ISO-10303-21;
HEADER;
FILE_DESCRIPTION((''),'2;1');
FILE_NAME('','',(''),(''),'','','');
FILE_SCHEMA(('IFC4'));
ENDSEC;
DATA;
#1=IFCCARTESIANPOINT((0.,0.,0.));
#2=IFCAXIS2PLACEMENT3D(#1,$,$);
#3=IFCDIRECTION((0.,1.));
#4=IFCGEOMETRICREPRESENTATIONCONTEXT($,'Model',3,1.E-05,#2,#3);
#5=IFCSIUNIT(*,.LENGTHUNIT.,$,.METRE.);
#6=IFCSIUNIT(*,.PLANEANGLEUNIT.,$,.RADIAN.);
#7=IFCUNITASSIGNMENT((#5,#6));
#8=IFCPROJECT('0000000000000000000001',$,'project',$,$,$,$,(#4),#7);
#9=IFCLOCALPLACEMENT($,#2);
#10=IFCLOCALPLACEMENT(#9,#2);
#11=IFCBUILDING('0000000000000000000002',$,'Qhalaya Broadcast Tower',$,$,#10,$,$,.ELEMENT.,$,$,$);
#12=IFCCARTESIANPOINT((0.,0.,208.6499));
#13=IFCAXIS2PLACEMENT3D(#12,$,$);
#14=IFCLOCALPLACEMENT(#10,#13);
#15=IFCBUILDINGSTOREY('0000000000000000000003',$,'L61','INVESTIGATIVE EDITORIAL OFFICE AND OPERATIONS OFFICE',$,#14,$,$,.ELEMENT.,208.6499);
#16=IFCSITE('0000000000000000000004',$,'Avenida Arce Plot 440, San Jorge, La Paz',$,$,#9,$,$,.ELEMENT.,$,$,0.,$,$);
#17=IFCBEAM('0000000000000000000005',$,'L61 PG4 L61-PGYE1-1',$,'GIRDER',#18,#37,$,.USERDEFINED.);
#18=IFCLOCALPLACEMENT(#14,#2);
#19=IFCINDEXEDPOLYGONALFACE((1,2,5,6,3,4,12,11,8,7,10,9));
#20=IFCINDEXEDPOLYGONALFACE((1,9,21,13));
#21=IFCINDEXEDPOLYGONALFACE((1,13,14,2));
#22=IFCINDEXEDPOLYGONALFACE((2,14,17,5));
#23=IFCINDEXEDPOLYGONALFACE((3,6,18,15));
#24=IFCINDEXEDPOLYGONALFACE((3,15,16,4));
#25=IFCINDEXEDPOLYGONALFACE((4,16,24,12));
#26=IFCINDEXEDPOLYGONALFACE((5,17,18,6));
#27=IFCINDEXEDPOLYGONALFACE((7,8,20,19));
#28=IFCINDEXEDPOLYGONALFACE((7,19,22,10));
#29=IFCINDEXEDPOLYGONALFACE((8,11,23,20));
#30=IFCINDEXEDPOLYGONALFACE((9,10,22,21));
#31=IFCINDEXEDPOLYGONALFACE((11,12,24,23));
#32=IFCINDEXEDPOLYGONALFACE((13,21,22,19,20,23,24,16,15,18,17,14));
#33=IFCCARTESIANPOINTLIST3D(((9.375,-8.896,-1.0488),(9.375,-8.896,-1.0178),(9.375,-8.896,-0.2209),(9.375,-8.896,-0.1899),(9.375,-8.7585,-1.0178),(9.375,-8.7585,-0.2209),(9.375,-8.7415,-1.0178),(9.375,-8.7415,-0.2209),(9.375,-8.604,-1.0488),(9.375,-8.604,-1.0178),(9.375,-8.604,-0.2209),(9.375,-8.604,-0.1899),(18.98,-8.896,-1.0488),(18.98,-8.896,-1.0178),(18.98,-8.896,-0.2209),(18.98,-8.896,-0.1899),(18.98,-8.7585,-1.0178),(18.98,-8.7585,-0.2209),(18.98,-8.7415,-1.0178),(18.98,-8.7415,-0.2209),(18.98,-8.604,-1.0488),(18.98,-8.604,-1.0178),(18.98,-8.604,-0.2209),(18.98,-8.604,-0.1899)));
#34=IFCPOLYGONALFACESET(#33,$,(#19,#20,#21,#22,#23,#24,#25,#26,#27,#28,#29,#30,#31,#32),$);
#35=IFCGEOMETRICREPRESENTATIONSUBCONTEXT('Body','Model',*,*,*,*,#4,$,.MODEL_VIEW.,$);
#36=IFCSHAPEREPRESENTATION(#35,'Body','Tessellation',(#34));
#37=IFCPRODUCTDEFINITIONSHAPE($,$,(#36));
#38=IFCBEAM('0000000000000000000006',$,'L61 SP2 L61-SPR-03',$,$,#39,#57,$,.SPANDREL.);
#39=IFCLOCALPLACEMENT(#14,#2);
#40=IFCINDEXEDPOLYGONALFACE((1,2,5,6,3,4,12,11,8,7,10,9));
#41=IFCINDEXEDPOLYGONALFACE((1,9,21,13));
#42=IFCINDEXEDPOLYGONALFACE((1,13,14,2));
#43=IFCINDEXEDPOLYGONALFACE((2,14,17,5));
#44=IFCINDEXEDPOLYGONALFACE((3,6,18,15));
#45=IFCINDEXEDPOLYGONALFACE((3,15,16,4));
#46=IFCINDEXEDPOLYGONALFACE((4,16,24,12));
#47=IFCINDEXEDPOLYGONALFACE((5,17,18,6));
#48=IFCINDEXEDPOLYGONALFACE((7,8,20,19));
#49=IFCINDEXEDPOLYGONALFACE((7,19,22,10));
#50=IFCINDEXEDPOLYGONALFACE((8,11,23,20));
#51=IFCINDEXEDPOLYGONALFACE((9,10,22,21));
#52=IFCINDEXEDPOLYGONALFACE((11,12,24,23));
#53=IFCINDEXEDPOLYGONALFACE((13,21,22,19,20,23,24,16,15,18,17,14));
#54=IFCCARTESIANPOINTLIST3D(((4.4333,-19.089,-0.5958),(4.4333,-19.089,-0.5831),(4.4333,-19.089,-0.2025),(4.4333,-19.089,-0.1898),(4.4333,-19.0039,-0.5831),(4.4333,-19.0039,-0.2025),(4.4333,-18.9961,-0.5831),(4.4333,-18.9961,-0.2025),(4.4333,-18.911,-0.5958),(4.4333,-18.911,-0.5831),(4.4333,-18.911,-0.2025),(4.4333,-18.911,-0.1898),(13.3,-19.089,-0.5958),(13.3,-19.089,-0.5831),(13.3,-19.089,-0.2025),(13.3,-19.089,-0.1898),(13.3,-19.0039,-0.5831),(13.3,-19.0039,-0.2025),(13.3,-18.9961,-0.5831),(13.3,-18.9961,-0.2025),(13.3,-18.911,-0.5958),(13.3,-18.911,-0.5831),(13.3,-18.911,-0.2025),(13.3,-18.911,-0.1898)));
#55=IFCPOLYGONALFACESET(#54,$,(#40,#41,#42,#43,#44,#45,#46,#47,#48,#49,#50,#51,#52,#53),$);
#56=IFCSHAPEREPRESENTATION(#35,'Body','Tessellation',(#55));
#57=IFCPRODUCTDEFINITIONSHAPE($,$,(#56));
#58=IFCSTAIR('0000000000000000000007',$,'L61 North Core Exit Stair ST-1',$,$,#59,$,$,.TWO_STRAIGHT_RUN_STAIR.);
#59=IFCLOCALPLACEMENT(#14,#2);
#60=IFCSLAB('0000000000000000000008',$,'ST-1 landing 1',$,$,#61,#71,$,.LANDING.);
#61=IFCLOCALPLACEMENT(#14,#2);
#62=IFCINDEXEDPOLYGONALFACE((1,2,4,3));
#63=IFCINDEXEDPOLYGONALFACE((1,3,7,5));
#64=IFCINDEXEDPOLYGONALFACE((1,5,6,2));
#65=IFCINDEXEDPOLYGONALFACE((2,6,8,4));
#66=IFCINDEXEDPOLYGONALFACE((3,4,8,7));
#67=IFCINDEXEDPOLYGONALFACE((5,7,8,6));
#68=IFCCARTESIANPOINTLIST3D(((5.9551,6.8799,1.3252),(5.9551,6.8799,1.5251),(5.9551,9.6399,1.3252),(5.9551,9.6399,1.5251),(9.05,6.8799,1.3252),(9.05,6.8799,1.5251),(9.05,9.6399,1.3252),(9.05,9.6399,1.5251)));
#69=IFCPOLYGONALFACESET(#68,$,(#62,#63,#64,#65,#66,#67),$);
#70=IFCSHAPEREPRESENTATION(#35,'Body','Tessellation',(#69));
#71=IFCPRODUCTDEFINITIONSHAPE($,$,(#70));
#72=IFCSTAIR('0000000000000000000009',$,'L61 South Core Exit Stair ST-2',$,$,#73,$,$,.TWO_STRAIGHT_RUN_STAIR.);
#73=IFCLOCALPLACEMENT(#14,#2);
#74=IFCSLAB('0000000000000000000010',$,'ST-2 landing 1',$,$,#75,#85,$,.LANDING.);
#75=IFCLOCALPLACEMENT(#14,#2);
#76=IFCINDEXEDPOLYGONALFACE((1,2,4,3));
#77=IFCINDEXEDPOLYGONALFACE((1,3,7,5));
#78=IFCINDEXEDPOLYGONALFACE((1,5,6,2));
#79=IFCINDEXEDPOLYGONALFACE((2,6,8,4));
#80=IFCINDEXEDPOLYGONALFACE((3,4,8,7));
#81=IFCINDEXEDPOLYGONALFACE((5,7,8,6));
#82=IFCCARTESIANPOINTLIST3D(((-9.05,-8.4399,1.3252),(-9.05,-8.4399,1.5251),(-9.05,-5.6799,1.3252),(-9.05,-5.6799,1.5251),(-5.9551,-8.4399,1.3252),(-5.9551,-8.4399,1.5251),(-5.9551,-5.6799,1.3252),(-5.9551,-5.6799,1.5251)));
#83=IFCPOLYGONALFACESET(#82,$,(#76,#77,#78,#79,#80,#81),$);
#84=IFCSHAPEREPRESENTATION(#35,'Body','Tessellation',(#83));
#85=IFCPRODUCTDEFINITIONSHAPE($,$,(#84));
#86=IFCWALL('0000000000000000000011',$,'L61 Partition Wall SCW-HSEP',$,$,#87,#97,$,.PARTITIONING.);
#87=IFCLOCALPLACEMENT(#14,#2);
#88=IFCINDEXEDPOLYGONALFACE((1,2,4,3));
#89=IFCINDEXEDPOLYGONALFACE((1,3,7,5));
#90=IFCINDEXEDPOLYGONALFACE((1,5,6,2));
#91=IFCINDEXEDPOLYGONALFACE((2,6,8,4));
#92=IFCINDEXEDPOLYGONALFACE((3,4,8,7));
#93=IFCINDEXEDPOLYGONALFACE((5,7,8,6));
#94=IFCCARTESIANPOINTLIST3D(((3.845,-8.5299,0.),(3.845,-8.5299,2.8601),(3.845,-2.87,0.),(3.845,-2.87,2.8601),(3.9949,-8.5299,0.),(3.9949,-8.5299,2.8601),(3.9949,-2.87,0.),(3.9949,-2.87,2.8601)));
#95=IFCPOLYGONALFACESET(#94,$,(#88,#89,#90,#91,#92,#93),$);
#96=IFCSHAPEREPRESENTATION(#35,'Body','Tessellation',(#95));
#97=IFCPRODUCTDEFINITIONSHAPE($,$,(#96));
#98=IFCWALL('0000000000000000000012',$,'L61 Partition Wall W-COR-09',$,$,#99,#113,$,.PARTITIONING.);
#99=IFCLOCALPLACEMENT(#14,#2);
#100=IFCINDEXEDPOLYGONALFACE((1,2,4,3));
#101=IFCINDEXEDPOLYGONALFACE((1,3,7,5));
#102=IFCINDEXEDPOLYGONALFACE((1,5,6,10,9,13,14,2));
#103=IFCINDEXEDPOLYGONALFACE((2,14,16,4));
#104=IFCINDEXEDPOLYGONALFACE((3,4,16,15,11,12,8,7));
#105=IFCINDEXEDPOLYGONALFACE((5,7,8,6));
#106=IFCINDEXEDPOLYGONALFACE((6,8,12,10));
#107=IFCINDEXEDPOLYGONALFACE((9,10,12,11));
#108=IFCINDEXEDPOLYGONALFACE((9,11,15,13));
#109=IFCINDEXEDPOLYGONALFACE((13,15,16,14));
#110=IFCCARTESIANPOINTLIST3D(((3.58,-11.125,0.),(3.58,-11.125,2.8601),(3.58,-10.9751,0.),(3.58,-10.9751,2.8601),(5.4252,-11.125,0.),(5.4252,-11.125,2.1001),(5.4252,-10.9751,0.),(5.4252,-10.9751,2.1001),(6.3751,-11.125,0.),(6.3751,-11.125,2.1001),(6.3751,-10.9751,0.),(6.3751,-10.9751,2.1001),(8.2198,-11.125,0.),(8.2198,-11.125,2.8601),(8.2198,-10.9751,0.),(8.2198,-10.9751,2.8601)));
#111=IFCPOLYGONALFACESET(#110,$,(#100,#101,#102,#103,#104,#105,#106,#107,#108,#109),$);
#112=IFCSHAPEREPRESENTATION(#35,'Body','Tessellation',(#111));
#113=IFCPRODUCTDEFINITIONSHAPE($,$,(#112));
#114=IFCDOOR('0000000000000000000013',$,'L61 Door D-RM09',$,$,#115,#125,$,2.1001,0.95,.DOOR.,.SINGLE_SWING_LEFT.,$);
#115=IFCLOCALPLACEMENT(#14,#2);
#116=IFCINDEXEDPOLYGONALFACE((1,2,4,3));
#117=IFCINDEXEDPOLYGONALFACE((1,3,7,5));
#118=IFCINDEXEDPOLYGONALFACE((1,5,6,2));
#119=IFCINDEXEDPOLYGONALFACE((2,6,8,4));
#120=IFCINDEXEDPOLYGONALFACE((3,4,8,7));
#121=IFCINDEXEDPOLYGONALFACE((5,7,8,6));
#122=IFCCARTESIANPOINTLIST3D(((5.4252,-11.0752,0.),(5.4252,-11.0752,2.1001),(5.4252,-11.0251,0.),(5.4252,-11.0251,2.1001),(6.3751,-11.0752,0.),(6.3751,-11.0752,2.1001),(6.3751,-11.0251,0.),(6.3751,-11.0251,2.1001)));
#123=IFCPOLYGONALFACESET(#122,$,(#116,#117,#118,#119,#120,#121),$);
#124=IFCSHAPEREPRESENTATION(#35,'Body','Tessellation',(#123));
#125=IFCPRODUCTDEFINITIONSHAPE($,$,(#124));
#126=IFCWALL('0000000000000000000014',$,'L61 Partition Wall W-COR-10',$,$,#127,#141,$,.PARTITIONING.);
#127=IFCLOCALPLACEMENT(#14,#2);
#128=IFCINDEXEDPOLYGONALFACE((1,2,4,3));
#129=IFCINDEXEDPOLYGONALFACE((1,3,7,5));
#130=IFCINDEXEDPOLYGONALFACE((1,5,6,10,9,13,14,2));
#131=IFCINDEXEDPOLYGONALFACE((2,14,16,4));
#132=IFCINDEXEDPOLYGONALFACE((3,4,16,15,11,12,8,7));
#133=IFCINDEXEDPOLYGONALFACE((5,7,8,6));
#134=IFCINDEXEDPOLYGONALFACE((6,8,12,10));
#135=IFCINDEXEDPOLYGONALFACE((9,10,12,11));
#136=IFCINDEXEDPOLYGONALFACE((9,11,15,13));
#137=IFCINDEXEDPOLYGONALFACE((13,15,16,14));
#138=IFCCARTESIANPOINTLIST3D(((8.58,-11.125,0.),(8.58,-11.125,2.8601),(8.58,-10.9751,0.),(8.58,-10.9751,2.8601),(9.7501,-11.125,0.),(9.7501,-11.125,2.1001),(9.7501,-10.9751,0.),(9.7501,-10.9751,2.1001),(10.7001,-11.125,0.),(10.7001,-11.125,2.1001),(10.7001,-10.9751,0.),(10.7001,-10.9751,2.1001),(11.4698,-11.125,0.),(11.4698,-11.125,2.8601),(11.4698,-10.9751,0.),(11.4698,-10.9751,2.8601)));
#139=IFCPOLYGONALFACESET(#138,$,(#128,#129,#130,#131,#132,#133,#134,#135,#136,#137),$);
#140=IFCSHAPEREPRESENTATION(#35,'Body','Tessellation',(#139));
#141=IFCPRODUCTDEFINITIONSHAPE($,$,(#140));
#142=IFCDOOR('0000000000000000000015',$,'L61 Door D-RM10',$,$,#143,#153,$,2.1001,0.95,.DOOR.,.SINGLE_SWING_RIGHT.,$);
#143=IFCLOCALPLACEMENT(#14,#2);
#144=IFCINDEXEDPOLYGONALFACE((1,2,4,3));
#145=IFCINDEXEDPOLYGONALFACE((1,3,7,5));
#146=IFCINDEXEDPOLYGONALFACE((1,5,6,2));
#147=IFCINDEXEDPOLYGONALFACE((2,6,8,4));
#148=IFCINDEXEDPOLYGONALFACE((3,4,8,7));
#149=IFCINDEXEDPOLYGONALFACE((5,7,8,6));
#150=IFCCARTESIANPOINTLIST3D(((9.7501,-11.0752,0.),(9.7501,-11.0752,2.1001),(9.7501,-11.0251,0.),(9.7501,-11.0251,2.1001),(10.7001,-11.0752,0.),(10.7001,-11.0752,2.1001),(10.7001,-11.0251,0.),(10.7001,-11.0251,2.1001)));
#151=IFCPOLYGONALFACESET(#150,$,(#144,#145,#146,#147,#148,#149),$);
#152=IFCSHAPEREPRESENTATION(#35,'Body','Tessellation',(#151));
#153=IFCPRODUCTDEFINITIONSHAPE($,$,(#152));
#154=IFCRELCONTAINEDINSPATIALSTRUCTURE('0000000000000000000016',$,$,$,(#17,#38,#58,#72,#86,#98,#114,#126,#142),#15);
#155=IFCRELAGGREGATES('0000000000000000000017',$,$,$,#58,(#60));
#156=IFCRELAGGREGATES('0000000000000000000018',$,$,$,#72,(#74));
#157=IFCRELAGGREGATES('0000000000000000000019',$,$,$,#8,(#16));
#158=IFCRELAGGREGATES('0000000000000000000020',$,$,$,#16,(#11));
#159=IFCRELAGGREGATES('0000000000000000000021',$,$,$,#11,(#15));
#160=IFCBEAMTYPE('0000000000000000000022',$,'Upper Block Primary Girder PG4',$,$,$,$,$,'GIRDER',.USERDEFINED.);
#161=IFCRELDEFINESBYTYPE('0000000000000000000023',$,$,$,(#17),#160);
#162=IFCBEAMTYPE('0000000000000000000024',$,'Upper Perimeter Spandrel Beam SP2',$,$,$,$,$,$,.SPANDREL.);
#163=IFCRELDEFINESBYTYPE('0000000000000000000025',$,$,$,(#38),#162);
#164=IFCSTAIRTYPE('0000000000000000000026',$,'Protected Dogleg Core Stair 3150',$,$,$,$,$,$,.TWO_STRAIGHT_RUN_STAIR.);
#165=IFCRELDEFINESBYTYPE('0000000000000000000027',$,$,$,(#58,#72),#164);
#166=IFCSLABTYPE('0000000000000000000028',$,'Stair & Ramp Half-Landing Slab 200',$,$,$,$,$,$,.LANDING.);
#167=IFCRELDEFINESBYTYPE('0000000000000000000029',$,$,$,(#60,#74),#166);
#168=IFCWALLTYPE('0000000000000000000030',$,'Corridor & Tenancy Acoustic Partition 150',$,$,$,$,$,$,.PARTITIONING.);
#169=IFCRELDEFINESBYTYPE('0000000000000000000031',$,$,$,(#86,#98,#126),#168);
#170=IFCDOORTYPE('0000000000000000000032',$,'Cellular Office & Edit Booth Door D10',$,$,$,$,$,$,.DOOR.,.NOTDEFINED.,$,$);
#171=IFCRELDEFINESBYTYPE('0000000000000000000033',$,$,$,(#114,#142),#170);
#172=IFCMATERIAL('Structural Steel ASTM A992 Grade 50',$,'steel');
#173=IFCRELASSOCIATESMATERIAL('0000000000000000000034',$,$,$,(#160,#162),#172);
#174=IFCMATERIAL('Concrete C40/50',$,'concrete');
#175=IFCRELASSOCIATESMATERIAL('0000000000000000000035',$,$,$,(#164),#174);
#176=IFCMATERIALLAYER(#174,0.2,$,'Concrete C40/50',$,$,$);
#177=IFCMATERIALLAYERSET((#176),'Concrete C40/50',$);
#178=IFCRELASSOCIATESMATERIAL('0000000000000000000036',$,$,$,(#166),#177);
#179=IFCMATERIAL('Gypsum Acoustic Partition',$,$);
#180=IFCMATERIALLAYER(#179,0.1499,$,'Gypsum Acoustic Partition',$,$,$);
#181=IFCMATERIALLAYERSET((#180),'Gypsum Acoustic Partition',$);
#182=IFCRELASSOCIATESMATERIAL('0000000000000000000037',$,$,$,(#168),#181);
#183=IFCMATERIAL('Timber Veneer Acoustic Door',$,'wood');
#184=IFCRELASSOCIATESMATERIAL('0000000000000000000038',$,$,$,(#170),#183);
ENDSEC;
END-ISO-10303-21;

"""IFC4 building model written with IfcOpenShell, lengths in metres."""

from ifc_helpers import new_model, si_unit, direction, frame, frame_2d, origin, origin_2d, place, context, subcontext, project, spatial, polyline, rectangle, i_section, outline, extrude, material, layer, layer_set, material_profile, profile_set, type_object, element, fill, aggregate, save


model = new_model("IFC4")

# Units and contexts
model_context = context("Model", 3, precision=1e-05, world=origin(), true_north=direction((0.0, 1.0)))
body_context = subcontext(model_context, "Body", "Model", "MODEL_VIEW")
ifc_project = project(units=[si_unit("LENGTHUNIT", "METRE"), si_unit("PLANEANGLEUNIT", "RADIAN")], contexts=[model_context])

# Site, building, storey
site_placement = place(None, origin())
site = spatial("IfcSite", under=ifc_project, at=site_placement, Name="Avenida Arce Plot 440, San Jorge, La Paz", CompositionType="ELEMENT", RefElevation=0.0)
building_placement = place(site_placement, origin())
building = spatial("IfcBuilding", under=site, at=building_placement, Name="Qhalaya Broadcast Tower", CompositionType="ELEMENT")
storey_placement = place(building_placement, frame((0.0, 0.0, 208.6499)))
storey = spatial("IfcBuildingStorey", under=building, at=storey_placement, Name="L61", Description="INVESTIGATIVE EDITORIAL OFFICE AND OPERATIONS OFFICE", CompositionType="ELEMENT", Elevation=208.6499)

# Beams
ifc_material_1 = material(Name="Structural Steel ASTM A992 Grade 50", Category="steel")
ifc_material_profile_1 = material_profile(ifc_material_1, i_section(OverallWidth=0.292, OverallDepth=0.8589, WebThickness=0.0171, FlangeThickness=0.031, at=origin_2d()), Name="W33X169")
ifc_profile_set_1 = profile_set([ifc_material_profile_1], Name="Structural Steel ASTM A992 Grade 50")
beam_type_1 = type_object("IfcBeamType", Name="Upper Block Primary Girder PG4", ElementType="GIRDER", PredefinedType="USERDEFINED", material=ifc_profile_set_1)
beam_1_placement = place(storey_placement, frame((9.375, -8.75, -0.6194), z_axis=(1.0, 0.0, 0.0), x_axis=(0.0, 1.0, 0.0)))
element("IfcBeam", 1, at=beam_1_placement, inside=storey, type_object=beam_type_1, Name="L61 PG4 L61-PGYE1-1", ObjectType="GIRDER", PredefinedType="USERDEFINED", context=body_context, shape_type="SweptSolid", body=[
    extrude(i_section(OverallWidth=0.292, OverallDepth=0.8589, WebThickness=0.0171, FlangeThickness=0.031, at=origin_2d()), origin(), (0.0, 0.0, 1.0), 9.605),
])
ifc_material_profile_2 = material_profile(ifc_material_1, i_section(OverallWidth=0.178, OverallDepth=0.406, WebThickness=0.0078, FlangeThickness=0.0127, at=origin_2d()), Name="W16X40")
ifc_profile_set_2 = profile_set([ifc_material_profile_2], Name="Structural Steel ASTM A992 Grade 50")
beam_type_2 = type_object("IfcBeamType", Name="Upper Perimeter Spandrel Beam SP2", PredefinedType="SPANDREL", material=ifc_profile_set_2)
beam_2_placement = place(storey_placement, frame((4.4333, -19.0, -0.3928), z_axis=(1.0, 0.0, 0.0), x_axis=(0.0, 1.0, 0.0)))
element("IfcBeam", 2, at=beam_2_placement, inside=storey, type_object=beam_type_2, Name="L61 SP2 L61-SPR-03", PredefinedType="SPANDREL", context=body_context, shape_type="SweptSolid", body=[
    extrude(i_section(OverallWidth=0.178, OverallDepth=0.406, WebThickness=0.0078, FlangeThickness=0.0127, at=origin_2d()), origin(), (0.0, 0.0, 1.0), 8.8667),
])

# Stairs, slabs
ifc_material_2 = material(Name="Concrete C40/50", Category="concrete")
stair_type = type_object("IfcStairType", Name="Protected Dogleg Core Stair 3150", PredefinedType="TWO_STRAIGHT_RUN_STAIR", material=ifc_material_2)
stair_1_placement = place(storey_placement, origin())
stair_1 = element("IfcStair", 3, at=stair_1_placement, inside=storey, type_object=stair_type, Name="L61 North Core Exit Stair ST-1", PredefinedType="TWO_STRAIGHT_RUN_STAIR")
ifc_layer_1 = layer(ifc_material_2, 0.2, Name="Concrete C40/50")
ifc_layer_set_1 = layer_set([ifc_layer_1], Name="Concrete C40/50")
slab_type = type_object("IfcSlabType", Name="Stair & Ramp Half-Landing Slab 200", PredefinedType="LANDING", material=ifc_layer_set_1)
slab_1_placement = place(storey_placement, frame((0.0, 0.0, 1.3252)))
slab_1 = element("IfcSlab", 4, at=slab_1_placement, type_object=slab_type, Name="ST-1 landing 1", PredefinedType="LANDING", context=body_context, shape_type="SweptSolid", body=[
    extrude(outline(polyline([(5.9551, 6.8799), (9.05, 6.8799), (9.05, 9.6399), (5.9551, 9.6399), (5.9551, 6.8799)])), origin(), (0.0, 0.0, 1.0), 0.2),
])
aggregate(stair_1, [slab_1])
stair_2_placement = place(storey_placement, origin())
stair_2 = element("IfcStair", 5, at=stair_2_placement, inside=storey, type_object=stair_type, Name="L61 South Core Exit Stair ST-2", PredefinedType="TWO_STRAIGHT_RUN_STAIR")
slab_2_placement = place(storey_placement, frame((0.0, 0.0, 1.3252)))
slab_2 = element("IfcSlab", 6, at=slab_2_placement, type_object=slab_type, Name="ST-2 landing 1", PredefinedType="LANDING", context=body_context, shape_type="SweptSolid", body=[
    extrude(outline(polyline([(-5.9551, -5.6799), (-9.05, -5.6799), (-9.05, -8.4399), (-5.9551, -8.4399), (-5.9551, -5.6799)])), origin(), (0.0, 0.0, 1.0), 0.2),
])
aggregate(stair_2, [slab_2])

# Wall
ifc_material_3 = material(Name="Gypsum Acoustic Partition")
ifc_layer_2 = layer(ifc_material_3, 0.1499, Name="Gypsum Acoustic Partition")
ifc_layer_set_2 = layer_set([ifc_layer_2], Name="Gypsum Acoustic Partition")
wall_type_1 = type_object("IfcWallType", Name="Corridor & Tenancy Acoustic Partition 150", PredefinedType="PARTITIONING", material=ifc_layer_set_2)
wall_1_placement = place(storey_placement, frame((3.9199, -8.53, 0.0), z_axis=(0.0, 0.0, 1.0), x_axis=(0.0, 1.0, 0.0)))
element("IfcWall", 7, at=wall_1_placement, inside=storey, type_object=wall_type_1, Name="L61 Partition Wall SCW-HSEP", PredefinedType="PARTITIONING", context=body_context, shape_type="SweptSolid", body=[
    extrude(rectangle(XDim=5.6599, YDim=0.1499, at=frame_2d((2.8301, 0.0))), origin(), (0.0, 0.0, 1.0), 2.8601),
])

# Walls, openings, doors
wall_2_placement = place(storey_placement, frame((3.5801, -11.05, 0.0), z_axis=(0.0, 0.0, 1.0), x_axis=(1.0, 0.0, 0.0)))
wall_2 = element("IfcWall", 8, at=wall_2_placement, inside=storey, type_object=wall_type_1, Name="L61 Partition Wall W-COR-09", PredefinedType="PARTITIONING", context=body_context, shape_type="SweptSolid", body=[
    extrude(rectangle(XDim=4.6399, YDim=0.1499, at=frame_2d((2.3198, 0.0))), origin(), (0.0, 0.0, 1.0), 2.8601),
])
opening_1_placement = place(wall_2_placement, frame((1.845, 0.0, 0.0)))
opening_1 = element("IfcOpeningElement", 9, at=opening_1_placement, cuts=wall_2, PredefinedType="OPENING", context=body_context, shape_type="SweptSolid", body=[
    extrude(rectangle(XDim=0.95, YDim=2.1001, at=frame_2d((0.4751, 1.05))), frame((0.0, 0.0869, 0.0), z_axis=(0.0, -1.0, 0.0), x_axis=(1.0, 0.0, 0.0)), (0.0, 0.0, 1.0), 0.1738),
])
ifc_material_4 = material(Name="Timber Veneer Acoustic Door", Category="wood")
door_type_1 = type_object("IfcDoorType", Name="Cellular Office & Edit Booth Door D10", OperationType="NOTDEFINED", PredefinedType="DOOR", material=ifc_material_4)
door_1_placement = place(opening_1_placement, origin())
door_1 = element("IfcDoor", 10, at=door_1_placement, inside=storey, type_object=door_type_1, Name="L61 Door D-RM09", OperationType="SINGLE_SWING_LEFT", OverallHeight=2.1001, OverallWidth=0.95, PredefinedType="DOOR", context=body_context, shape_type="SweptSolid", body=[
    extrude(rectangle(XDim=0.95, YDim=2.1001, at=frame_2d((0.4751, 1.05))), frame((0.0, 0.0249, 0.0), z_axis=(0.0, -1.0, 0.0), x_axis=(1.0, 0.0, 0.0)), (0.0, 0.0, 1.0), 0.05),
])
fill(opening_1, door_1)
wall_3_placement = place(storey_placement, frame((8.5801, -11.05, 0.0), z_axis=(0.0, 0.0, 1.0), x_axis=(1.0, 0.0, 0.0)))
wall_3 = element("IfcWall", 11, at=wall_3_placement, inside=storey, type_object=wall_type_1, Name="L61 Partition Wall W-COR-10", PredefinedType="PARTITIONING", context=body_context, shape_type="SweptSolid", body=[
    extrude(rectangle(XDim=2.8899, YDim=0.1499, at=frame_2d((1.4448, 0.0))), origin(), (0.0, 0.0, 1.0), 2.8601),
])
opening_2_placement = place(wall_3_placement, frame((1.1699, 0.0, 0.0)))
opening_2 = element("IfcOpeningElement", 12, at=opening_2_placement, cuts=wall_3, PredefinedType="OPENING", context=body_context, shape_type="SweptSolid", body=[
    extrude(rectangle(XDim=0.95, YDim=2.1001, at=frame_2d((0.4751, 1.05))), frame((0.0, 0.0869, 0.0), z_axis=(0.0, -1.0, 0.0), x_axis=(1.0, 0.0, 0.0)), (0.0, 0.0, 1.0), 0.1738),
])
door_2_placement = place(opening_2_placement, origin())
door_2 = element("IfcDoor", 13, at=door_2_placement, inside=storey, type_object=door_type_1, Name="L61 Door D-RM10", OperationType="SINGLE_SWING_RIGHT", OverallHeight=2.1001, OverallWidth=0.95, PredefinedType="DOOR", context=body_context, shape_type="SweptSolid", body=[
    extrude(rectangle(XDim=0.95, YDim=2.1001, at=frame_2d((0.4751, 1.05))), frame((0.0, 0.0249, 0.0), z_axis=(0.0, -1.0, 0.0), x_axis=(1.0, 0.0, 0.0)), (0.0, 0.0, 1.0), 0.05),
])
fill(opening_2, door_2)

save(model, "model.ifc")
